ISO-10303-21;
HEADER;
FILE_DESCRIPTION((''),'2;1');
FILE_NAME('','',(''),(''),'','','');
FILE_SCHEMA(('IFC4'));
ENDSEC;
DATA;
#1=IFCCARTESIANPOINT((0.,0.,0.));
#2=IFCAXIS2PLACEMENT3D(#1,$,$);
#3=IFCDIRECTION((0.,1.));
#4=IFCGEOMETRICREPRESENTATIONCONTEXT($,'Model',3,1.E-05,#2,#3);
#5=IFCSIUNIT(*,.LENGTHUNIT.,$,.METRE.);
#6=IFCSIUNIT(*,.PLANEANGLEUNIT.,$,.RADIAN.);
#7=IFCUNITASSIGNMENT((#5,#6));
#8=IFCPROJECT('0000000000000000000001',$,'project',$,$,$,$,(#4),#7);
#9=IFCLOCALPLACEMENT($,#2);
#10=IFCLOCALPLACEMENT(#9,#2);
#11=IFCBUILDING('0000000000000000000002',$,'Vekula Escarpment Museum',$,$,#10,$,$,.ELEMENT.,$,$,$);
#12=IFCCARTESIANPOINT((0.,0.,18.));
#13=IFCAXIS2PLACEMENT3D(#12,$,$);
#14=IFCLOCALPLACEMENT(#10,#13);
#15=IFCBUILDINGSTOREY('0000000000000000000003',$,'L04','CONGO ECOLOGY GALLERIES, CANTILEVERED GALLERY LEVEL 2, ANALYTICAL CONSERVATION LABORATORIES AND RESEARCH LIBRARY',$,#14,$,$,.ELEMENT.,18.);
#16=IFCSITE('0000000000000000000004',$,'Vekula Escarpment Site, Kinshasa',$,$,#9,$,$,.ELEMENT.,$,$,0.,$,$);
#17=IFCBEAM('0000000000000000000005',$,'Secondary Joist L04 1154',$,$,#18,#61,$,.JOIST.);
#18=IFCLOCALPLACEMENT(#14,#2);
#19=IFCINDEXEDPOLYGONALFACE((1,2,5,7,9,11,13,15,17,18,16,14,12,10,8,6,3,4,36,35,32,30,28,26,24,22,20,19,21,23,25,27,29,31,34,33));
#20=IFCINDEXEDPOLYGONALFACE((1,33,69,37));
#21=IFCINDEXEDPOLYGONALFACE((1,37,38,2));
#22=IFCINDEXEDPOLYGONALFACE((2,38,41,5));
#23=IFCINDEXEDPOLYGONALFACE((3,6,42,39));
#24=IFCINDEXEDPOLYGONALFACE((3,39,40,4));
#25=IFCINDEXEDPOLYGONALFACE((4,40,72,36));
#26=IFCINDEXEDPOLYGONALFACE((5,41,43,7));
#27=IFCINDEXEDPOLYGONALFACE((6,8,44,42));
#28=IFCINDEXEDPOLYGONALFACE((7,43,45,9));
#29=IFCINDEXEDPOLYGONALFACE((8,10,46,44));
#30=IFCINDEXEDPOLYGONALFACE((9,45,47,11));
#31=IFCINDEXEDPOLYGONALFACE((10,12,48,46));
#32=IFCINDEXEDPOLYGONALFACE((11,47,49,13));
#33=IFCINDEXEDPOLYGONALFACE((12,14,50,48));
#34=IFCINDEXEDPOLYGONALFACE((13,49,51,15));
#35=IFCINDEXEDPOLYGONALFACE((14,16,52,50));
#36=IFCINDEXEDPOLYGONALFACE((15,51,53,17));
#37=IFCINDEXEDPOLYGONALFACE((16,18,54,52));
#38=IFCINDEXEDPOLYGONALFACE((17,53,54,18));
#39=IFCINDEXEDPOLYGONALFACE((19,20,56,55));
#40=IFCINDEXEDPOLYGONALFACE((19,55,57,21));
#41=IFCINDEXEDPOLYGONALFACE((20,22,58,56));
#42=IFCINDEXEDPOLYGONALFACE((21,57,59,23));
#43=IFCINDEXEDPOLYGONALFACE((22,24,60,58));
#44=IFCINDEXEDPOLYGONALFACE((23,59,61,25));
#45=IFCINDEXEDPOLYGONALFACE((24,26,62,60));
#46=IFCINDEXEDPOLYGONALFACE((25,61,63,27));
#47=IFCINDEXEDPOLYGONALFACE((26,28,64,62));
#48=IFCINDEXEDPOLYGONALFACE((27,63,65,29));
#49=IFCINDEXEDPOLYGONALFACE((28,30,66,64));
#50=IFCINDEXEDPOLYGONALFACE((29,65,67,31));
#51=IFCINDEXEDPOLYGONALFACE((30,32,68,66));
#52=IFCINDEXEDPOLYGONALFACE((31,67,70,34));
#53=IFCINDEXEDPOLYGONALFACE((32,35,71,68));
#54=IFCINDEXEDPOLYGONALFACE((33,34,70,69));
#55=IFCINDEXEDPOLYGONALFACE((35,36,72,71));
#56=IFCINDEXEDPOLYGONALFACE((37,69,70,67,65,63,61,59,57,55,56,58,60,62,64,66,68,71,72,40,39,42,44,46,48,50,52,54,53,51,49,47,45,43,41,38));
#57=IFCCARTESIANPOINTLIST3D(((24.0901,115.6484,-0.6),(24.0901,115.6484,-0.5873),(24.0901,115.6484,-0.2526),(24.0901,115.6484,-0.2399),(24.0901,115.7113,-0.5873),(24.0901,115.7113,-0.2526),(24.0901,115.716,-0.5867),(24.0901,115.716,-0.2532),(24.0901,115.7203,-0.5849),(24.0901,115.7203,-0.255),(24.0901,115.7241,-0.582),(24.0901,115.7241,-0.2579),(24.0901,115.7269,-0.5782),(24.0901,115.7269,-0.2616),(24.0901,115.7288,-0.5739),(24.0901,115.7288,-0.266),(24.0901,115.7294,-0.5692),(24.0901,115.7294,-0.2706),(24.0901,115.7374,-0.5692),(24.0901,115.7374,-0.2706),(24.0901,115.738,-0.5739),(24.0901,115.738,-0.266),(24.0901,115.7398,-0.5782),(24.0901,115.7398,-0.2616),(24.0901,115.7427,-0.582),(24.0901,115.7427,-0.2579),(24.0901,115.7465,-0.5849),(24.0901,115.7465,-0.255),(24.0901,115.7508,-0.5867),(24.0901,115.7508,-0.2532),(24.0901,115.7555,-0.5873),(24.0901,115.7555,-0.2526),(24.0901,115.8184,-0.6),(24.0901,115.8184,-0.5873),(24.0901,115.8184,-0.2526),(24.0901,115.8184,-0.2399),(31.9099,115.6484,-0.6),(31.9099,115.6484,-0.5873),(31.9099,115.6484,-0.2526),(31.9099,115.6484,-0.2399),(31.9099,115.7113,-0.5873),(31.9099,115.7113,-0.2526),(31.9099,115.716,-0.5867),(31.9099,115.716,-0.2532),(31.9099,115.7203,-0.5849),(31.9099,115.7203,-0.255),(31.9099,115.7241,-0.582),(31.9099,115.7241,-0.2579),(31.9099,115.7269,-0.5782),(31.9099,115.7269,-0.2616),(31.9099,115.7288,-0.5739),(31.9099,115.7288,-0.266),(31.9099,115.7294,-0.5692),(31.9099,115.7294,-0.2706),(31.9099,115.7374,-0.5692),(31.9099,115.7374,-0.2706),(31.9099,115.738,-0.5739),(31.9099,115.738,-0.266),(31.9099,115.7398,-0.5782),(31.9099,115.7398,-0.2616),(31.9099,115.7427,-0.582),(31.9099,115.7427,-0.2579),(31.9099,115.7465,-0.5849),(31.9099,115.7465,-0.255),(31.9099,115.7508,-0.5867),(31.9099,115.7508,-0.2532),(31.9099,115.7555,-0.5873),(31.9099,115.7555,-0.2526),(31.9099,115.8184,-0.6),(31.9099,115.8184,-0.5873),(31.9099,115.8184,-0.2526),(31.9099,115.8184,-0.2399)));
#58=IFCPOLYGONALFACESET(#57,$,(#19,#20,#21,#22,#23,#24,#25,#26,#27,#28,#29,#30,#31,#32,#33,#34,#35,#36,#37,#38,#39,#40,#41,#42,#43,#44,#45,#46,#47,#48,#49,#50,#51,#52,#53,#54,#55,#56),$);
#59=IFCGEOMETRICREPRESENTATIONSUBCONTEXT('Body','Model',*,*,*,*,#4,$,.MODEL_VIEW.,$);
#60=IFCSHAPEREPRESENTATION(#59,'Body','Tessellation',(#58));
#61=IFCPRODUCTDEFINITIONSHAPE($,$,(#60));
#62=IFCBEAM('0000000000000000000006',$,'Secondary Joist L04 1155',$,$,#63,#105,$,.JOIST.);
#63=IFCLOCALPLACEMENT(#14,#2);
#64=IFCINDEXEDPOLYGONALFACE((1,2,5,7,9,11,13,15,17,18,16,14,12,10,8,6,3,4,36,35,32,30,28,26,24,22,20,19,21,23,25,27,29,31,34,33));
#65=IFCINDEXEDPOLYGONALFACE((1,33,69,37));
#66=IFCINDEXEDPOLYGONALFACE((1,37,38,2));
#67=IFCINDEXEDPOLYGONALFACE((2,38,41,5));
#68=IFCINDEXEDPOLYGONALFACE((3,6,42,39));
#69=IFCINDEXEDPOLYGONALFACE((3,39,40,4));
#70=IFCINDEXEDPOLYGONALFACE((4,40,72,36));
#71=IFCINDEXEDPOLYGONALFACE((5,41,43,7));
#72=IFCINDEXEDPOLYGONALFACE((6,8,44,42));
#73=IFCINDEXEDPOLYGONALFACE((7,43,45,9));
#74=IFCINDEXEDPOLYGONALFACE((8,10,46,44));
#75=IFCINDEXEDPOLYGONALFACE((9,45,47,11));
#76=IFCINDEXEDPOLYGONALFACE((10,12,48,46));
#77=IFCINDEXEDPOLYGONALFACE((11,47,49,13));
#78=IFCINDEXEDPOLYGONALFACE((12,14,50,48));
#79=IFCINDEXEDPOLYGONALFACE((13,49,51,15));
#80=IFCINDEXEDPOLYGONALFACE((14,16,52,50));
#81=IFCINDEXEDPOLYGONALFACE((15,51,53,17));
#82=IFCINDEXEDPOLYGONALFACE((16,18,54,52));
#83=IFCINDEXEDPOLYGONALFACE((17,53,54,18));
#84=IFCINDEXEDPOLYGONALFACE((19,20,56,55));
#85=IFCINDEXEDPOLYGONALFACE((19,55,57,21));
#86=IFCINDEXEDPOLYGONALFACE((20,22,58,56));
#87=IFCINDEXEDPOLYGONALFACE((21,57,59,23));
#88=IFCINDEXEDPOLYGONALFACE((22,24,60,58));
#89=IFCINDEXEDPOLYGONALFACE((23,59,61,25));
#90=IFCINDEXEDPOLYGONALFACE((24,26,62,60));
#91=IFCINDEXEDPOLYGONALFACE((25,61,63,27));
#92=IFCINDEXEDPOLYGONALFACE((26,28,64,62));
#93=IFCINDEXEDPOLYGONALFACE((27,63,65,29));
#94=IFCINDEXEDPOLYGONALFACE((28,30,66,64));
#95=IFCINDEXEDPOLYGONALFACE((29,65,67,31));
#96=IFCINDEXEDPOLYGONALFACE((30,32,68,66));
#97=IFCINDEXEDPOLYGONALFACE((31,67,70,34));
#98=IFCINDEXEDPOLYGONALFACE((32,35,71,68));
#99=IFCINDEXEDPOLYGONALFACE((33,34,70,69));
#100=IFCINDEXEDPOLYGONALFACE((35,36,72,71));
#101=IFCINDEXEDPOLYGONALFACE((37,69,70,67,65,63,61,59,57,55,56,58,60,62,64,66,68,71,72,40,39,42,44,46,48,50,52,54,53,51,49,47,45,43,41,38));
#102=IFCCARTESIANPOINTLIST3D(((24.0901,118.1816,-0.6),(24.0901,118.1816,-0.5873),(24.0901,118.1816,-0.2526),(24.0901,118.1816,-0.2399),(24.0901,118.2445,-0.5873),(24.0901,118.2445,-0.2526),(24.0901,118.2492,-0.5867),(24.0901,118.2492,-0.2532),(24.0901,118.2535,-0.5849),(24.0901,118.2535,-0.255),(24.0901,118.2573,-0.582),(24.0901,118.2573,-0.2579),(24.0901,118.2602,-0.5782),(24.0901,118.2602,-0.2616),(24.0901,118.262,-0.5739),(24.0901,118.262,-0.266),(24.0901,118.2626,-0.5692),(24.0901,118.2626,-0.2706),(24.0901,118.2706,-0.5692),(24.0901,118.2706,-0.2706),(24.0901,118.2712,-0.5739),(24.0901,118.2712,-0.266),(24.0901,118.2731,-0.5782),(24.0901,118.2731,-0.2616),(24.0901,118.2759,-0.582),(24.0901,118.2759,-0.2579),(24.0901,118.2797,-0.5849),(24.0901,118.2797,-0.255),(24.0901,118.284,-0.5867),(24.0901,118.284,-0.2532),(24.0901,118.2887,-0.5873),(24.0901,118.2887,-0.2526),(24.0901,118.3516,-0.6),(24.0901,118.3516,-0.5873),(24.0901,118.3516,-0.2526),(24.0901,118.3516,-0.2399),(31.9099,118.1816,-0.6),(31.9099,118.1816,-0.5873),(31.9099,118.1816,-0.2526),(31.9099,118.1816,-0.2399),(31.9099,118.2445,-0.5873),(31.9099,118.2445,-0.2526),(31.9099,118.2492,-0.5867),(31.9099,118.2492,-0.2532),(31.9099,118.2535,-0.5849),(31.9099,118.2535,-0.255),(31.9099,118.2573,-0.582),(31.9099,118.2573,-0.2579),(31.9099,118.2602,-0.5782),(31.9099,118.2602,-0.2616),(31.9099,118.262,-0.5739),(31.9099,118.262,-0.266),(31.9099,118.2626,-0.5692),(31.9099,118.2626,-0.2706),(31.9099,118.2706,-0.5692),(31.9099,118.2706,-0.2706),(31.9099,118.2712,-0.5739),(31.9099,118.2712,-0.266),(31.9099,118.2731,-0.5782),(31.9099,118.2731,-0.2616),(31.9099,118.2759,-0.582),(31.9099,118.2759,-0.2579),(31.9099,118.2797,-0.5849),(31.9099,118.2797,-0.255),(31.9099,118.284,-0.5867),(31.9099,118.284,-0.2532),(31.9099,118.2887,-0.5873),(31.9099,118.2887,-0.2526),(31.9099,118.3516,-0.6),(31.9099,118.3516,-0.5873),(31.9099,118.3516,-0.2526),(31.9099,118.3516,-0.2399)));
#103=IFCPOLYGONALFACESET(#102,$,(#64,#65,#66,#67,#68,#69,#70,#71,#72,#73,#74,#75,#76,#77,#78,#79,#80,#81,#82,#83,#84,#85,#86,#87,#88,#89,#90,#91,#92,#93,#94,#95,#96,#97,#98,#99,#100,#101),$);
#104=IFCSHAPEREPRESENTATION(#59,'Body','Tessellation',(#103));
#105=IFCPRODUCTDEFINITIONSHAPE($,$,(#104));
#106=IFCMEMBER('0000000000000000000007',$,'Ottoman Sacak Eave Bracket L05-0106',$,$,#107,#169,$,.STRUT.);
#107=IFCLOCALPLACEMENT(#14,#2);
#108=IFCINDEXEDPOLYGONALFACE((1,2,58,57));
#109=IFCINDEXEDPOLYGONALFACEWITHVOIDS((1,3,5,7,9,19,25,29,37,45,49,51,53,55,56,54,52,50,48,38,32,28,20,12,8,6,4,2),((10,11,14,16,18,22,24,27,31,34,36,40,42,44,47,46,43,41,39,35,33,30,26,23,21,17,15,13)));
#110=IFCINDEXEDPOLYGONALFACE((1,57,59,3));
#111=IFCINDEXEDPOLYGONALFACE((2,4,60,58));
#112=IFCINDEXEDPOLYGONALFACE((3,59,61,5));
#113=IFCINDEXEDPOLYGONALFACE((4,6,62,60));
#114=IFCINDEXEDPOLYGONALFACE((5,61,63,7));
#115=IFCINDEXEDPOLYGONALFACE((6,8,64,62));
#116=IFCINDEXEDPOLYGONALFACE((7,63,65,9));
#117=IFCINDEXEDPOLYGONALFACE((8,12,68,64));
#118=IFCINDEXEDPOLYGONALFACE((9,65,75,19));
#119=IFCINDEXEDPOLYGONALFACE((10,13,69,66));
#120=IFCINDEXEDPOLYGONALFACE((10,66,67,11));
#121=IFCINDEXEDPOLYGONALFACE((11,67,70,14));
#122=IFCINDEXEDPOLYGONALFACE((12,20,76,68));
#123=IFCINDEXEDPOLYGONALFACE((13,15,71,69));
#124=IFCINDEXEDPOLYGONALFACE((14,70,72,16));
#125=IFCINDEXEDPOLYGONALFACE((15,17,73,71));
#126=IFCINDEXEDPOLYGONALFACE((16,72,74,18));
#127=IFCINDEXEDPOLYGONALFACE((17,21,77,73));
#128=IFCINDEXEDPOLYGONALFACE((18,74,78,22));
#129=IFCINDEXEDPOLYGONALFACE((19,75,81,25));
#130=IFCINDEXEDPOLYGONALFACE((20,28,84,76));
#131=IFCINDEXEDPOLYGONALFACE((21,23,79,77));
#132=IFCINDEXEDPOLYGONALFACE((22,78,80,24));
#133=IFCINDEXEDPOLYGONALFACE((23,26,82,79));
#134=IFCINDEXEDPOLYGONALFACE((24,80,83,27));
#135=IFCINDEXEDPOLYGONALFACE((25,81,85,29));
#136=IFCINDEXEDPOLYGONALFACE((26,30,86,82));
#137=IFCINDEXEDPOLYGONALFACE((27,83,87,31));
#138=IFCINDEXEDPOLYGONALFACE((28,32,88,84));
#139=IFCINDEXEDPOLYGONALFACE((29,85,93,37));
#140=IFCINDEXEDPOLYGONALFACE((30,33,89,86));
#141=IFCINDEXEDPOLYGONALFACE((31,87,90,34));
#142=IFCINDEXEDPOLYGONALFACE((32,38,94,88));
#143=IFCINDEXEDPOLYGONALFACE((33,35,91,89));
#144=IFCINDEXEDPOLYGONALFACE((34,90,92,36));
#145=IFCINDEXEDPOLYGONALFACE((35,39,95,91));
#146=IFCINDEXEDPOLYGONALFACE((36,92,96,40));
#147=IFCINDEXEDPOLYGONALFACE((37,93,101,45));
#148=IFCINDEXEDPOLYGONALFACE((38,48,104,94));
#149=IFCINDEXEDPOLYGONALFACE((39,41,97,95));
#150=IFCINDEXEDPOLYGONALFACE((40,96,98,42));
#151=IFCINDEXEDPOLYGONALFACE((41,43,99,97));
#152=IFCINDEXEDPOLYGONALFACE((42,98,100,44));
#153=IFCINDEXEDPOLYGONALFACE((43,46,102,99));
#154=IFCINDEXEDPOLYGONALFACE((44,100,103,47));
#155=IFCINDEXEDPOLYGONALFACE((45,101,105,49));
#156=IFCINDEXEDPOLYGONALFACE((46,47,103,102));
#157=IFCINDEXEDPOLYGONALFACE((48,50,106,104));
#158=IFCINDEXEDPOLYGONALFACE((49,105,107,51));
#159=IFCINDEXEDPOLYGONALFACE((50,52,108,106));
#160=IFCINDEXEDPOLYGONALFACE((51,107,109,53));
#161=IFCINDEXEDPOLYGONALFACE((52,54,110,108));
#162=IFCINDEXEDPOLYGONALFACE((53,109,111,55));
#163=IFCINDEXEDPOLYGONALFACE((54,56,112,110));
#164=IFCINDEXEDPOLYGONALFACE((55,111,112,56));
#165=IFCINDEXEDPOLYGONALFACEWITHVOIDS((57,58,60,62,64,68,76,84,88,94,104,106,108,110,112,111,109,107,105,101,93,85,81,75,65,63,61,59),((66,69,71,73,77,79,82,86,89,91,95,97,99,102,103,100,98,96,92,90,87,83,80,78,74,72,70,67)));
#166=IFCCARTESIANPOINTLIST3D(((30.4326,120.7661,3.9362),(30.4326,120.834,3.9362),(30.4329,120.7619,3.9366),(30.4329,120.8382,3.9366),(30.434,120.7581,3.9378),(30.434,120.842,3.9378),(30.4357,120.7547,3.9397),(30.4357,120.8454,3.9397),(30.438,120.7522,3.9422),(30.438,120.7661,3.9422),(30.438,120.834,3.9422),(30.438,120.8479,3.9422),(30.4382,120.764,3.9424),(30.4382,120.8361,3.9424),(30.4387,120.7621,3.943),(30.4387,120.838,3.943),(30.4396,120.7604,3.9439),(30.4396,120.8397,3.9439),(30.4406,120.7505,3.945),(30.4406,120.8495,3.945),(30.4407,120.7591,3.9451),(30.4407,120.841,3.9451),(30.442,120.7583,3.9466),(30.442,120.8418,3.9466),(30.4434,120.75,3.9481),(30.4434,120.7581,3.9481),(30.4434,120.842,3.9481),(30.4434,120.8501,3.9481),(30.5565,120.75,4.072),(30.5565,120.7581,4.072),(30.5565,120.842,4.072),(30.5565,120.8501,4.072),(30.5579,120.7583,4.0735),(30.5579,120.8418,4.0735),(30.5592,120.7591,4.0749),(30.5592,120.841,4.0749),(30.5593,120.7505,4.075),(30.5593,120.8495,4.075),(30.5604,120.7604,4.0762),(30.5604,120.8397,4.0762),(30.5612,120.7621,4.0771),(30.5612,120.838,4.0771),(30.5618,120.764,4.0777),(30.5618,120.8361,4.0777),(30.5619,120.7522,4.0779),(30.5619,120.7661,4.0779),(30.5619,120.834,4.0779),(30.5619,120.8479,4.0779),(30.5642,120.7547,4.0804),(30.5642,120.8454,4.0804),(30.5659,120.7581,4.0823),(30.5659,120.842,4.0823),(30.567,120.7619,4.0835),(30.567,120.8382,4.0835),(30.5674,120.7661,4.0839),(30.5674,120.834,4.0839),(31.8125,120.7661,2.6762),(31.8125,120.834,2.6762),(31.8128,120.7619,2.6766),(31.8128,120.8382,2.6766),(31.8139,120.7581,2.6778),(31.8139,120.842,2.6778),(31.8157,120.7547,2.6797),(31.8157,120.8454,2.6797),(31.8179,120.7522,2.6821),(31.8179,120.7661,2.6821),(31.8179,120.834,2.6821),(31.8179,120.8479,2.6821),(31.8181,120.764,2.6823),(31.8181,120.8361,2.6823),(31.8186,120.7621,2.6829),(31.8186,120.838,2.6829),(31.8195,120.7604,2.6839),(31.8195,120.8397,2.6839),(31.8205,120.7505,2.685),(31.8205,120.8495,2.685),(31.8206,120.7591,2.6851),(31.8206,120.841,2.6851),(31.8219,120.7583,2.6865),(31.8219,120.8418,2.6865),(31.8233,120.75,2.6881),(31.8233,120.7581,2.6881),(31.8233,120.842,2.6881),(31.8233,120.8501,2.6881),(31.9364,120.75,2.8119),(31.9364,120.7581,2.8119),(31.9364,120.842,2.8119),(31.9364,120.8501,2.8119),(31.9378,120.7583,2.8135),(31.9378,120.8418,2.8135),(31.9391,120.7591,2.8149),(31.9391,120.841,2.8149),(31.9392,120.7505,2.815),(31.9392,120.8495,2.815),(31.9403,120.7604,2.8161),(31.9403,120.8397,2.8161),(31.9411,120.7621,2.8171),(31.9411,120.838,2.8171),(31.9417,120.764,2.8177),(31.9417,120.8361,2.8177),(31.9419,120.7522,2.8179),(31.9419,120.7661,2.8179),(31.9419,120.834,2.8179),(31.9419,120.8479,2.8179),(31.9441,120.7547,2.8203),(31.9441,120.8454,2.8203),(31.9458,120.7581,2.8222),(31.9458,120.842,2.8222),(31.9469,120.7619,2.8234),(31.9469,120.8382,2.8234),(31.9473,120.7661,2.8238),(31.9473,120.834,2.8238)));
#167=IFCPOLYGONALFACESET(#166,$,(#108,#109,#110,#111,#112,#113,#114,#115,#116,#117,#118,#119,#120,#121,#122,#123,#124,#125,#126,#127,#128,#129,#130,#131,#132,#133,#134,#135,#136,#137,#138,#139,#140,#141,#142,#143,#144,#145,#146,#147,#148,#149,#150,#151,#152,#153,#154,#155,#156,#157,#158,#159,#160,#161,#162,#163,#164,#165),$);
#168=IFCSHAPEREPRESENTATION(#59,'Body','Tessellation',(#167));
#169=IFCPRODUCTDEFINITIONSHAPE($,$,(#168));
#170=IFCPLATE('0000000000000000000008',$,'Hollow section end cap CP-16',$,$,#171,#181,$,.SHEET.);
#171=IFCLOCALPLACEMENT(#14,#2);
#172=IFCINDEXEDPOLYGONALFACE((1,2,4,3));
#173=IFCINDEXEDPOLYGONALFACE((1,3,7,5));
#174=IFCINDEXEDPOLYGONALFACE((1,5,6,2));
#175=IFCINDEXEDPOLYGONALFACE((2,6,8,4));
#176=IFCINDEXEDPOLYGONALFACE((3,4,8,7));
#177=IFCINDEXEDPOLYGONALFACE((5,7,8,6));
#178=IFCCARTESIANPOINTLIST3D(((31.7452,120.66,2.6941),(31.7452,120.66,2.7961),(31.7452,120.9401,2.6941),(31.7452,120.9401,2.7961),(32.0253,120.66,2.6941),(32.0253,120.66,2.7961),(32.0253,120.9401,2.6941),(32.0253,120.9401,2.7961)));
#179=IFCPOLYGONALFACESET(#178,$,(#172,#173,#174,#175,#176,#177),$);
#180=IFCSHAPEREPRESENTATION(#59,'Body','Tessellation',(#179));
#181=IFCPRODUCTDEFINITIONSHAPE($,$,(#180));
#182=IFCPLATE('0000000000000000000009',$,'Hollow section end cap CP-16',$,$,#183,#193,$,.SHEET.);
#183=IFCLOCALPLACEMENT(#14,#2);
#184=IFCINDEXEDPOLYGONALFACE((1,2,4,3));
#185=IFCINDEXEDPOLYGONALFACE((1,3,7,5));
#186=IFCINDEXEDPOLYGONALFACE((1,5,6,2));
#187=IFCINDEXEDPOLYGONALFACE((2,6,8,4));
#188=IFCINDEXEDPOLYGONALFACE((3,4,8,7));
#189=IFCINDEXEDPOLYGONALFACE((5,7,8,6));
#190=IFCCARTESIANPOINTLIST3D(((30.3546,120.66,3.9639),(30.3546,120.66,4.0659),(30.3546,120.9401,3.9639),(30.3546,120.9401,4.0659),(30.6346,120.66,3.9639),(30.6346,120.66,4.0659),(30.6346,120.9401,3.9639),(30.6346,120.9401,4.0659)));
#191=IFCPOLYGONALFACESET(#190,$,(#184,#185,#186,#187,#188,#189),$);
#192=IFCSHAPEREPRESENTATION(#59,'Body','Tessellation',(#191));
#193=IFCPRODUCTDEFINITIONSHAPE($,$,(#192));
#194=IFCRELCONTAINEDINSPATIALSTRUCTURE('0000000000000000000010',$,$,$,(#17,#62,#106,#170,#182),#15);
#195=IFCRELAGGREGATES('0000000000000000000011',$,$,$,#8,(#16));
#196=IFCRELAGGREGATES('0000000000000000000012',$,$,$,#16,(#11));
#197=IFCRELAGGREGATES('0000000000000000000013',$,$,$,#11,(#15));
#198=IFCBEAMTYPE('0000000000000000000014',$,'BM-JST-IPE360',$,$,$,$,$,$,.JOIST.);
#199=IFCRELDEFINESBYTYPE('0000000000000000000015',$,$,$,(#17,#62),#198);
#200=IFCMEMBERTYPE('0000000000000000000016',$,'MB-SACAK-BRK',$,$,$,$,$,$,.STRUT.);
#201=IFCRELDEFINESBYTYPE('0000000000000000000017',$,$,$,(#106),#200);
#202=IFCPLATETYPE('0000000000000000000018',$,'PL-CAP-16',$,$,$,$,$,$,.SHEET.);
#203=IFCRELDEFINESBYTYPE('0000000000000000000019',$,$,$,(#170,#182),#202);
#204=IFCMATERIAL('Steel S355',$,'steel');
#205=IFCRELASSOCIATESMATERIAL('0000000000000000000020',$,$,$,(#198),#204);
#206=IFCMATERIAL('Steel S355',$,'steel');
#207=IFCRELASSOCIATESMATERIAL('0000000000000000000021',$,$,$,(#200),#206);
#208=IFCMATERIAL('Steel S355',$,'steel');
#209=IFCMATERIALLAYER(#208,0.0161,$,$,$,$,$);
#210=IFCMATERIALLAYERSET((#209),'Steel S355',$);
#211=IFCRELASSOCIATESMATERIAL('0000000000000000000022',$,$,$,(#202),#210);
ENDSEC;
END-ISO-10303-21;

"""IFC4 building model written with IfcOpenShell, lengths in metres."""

from ifc_helpers import new_model, si_unit, direction, frame, origin, origin_2d, place, context, subcontext, project, spatial, rectangle, hollow_rectangle, i_section, extrude, material, layer, layer_set, material_profile, profile_set, type_object, element, save


model = new_model("IFC4")

# Units and contexts
model_context = context("Model", 3, precision=1e-05, world=origin(), true_north=direction((0.0, 1.0)))
body_context = subcontext(model_context, "Body", "Model", "MODEL_VIEW")
ifc_project = project(units=[si_unit("LENGTHUNIT", "METRE"), si_unit("PLANEANGLEUNIT", "RADIAN")], contexts=[model_context])

# Site, building, storey
site_placement = place(None, origin())
site = spatial("IfcSite", under=ifc_project, at=site_placement, Name="Vekula Escarpment Site, Kinshasa", CompositionType="ELEMENT", RefElevation=0.0)
building_placement = place(site_placement, origin())
building = spatial("IfcBuilding", under=site, at=building_placement, Name="Vekula Escarpment Museum", CompositionType="ELEMENT")
storey_placement = place(building_placement, frame((0.0, 0.0, 18.0)))
storey = spatial("IfcBuildingStorey", under=building, at=storey_placement, Name="L04", Description="CONGO ECOLOGY GALLERIES, CANTILEVERED GALLERY LEVEL 2, ANALYTICAL CONSERVATION LABORATORIES AND RESEARCH LIBRARY", CompositionType="ELEMENT", Elevation=18.0)

# Beams
ifc_material_1 = material(Name="Steel S355", Category="steel")
ifc_material_profile_1 = material_profile(ifc_material_1, i_section(OverallWidth=0.1699, OverallDepth=0.3601, WebThickness=0.0081, FlangeThickness=0.0127, FilletRadius=0.0181, at=origin_2d()), Name="IPE 360")
ifc_profile_set_1 = profile_set([ifc_material_profile_1], Name="Steel S355")
beam_type_1 = type_object("IfcBeamType", Name="BM-JST-IPE360", PredefinedType="JOIST", material=ifc_profile_set_1)
for number, where, z_axis, x_axis, name in (
    (1, (24.0901, 115.7334, -0.4199), (1.0, 0.0, 0.0), (0.0, 1.0, 0.0), "Secondary Joist L04 1154"),
    (2, (24.0901, 118.2666, -0.4199), (1.0, 0.0, 0.0), (0.0, 1.0, 0.0), "Secondary Joist L04 1155"),
):
    element("IfcBeam", number, at=place(storey_placement, frame(where, z_axis=z_axis, x_axis=x_axis)), inside=storey, type_object=beam_type_1, Name=name, PredefinedType="JOIST", context=body_context, shape_type="SweptSolid", body=[
        extrude(i_section(OverallWidth=0.1699, OverallDepth=0.3601, WebThickness=0.0081, FlangeThickness=0.0127, FilletRadius=0.0181, at=origin_2d()), origin(), (0.0, 0.0, 1.0), 7.8198),
    ])

# Member
ifc_material_2 = material(Name="Steel S355", Category="steel")
ifc_material_profile_2 = material_profile(ifc_material_2, hollow_rectangle(XDim=0.1001, YDim=0.2, WallThickness=0.0081, InnerFilletRadius=0.0081, OuterFilletRadius=0.0161, at=origin_2d()), Name="RHS 200x100x8")
ifc_profile_set_2 = profile_set([ifc_material_profile_2], Name="Steel S355")
member_type = type_object("IfcMemberType", Name="MB-SACAK-BRK", PredefinedType="STRUT", material=ifc_profile_set_2)
member_placement = place(storey_placement, frame((31.8799, 120.8, 2.75), z_axis=(-0.738454, 0.0, 0.674303), x_axis=(0.0, -1.0, 0.0)))
element("IfcMember", 3, at=member_placement, inside=storey, type_object=member_type, Name="Ottoman Sacak Eave Bracket L05-0106", PredefinedType="STRUT", context=body_context, shape_type="SweptSolid", body=[
    extrude(hollow_rectangle(XDim=0.1001, YDim=0.2, WallThickness=0.0081, InnerFilletRadius=0.0081, OuterFilletRadius=0.0161, at=origin_2d()), origin(), (0.0, 0.0, 1.0), 1.8687),
])

# Plates
ifc_material_3 = material(Name="Steel S355", Category="steel")
ifc_layer_1 = layer(ifc_material_3, 0.0161)
ifc_layer_set_1 = layer_set([ifc_layer_1], Name="Steel S355")
plate_type_1 = type_object("IfcPlateType", Name="PL-CAP-16", PredefinedType="SHEET", material=ifc_layer_set_1)
for number, where, z_axis, x_axis, name in (
    (4, (31.8853, 120.8, 2.6941), (0.0, 0.0, 1.0), (1.0, 0.0, 0.0), "Hollow section end cap CP-16"),
    (5, (30.4946, 120.8, 3.9639), (0.0, 0.0, 1.0), (1.0, 0.0, 0.0), "Hollow section end cap CP-16"),
):
    element("IfcPlate", number, at=place(storey_placement, frame(where, z_axis=z_axis, x_axis=x_axis)), inside=storey, type_object=plate_type_1, Name=name, PredefinedType="SHEET", context=body_context, shape_type="SweptSolid", body=[
        extrude(rectangle(XDim=0.28, YDim=0.28, at=origin_2d()), origin(), (0.0, 0.0, 1.0), 0.1021),
    ])

save(model, "model.ifc")
